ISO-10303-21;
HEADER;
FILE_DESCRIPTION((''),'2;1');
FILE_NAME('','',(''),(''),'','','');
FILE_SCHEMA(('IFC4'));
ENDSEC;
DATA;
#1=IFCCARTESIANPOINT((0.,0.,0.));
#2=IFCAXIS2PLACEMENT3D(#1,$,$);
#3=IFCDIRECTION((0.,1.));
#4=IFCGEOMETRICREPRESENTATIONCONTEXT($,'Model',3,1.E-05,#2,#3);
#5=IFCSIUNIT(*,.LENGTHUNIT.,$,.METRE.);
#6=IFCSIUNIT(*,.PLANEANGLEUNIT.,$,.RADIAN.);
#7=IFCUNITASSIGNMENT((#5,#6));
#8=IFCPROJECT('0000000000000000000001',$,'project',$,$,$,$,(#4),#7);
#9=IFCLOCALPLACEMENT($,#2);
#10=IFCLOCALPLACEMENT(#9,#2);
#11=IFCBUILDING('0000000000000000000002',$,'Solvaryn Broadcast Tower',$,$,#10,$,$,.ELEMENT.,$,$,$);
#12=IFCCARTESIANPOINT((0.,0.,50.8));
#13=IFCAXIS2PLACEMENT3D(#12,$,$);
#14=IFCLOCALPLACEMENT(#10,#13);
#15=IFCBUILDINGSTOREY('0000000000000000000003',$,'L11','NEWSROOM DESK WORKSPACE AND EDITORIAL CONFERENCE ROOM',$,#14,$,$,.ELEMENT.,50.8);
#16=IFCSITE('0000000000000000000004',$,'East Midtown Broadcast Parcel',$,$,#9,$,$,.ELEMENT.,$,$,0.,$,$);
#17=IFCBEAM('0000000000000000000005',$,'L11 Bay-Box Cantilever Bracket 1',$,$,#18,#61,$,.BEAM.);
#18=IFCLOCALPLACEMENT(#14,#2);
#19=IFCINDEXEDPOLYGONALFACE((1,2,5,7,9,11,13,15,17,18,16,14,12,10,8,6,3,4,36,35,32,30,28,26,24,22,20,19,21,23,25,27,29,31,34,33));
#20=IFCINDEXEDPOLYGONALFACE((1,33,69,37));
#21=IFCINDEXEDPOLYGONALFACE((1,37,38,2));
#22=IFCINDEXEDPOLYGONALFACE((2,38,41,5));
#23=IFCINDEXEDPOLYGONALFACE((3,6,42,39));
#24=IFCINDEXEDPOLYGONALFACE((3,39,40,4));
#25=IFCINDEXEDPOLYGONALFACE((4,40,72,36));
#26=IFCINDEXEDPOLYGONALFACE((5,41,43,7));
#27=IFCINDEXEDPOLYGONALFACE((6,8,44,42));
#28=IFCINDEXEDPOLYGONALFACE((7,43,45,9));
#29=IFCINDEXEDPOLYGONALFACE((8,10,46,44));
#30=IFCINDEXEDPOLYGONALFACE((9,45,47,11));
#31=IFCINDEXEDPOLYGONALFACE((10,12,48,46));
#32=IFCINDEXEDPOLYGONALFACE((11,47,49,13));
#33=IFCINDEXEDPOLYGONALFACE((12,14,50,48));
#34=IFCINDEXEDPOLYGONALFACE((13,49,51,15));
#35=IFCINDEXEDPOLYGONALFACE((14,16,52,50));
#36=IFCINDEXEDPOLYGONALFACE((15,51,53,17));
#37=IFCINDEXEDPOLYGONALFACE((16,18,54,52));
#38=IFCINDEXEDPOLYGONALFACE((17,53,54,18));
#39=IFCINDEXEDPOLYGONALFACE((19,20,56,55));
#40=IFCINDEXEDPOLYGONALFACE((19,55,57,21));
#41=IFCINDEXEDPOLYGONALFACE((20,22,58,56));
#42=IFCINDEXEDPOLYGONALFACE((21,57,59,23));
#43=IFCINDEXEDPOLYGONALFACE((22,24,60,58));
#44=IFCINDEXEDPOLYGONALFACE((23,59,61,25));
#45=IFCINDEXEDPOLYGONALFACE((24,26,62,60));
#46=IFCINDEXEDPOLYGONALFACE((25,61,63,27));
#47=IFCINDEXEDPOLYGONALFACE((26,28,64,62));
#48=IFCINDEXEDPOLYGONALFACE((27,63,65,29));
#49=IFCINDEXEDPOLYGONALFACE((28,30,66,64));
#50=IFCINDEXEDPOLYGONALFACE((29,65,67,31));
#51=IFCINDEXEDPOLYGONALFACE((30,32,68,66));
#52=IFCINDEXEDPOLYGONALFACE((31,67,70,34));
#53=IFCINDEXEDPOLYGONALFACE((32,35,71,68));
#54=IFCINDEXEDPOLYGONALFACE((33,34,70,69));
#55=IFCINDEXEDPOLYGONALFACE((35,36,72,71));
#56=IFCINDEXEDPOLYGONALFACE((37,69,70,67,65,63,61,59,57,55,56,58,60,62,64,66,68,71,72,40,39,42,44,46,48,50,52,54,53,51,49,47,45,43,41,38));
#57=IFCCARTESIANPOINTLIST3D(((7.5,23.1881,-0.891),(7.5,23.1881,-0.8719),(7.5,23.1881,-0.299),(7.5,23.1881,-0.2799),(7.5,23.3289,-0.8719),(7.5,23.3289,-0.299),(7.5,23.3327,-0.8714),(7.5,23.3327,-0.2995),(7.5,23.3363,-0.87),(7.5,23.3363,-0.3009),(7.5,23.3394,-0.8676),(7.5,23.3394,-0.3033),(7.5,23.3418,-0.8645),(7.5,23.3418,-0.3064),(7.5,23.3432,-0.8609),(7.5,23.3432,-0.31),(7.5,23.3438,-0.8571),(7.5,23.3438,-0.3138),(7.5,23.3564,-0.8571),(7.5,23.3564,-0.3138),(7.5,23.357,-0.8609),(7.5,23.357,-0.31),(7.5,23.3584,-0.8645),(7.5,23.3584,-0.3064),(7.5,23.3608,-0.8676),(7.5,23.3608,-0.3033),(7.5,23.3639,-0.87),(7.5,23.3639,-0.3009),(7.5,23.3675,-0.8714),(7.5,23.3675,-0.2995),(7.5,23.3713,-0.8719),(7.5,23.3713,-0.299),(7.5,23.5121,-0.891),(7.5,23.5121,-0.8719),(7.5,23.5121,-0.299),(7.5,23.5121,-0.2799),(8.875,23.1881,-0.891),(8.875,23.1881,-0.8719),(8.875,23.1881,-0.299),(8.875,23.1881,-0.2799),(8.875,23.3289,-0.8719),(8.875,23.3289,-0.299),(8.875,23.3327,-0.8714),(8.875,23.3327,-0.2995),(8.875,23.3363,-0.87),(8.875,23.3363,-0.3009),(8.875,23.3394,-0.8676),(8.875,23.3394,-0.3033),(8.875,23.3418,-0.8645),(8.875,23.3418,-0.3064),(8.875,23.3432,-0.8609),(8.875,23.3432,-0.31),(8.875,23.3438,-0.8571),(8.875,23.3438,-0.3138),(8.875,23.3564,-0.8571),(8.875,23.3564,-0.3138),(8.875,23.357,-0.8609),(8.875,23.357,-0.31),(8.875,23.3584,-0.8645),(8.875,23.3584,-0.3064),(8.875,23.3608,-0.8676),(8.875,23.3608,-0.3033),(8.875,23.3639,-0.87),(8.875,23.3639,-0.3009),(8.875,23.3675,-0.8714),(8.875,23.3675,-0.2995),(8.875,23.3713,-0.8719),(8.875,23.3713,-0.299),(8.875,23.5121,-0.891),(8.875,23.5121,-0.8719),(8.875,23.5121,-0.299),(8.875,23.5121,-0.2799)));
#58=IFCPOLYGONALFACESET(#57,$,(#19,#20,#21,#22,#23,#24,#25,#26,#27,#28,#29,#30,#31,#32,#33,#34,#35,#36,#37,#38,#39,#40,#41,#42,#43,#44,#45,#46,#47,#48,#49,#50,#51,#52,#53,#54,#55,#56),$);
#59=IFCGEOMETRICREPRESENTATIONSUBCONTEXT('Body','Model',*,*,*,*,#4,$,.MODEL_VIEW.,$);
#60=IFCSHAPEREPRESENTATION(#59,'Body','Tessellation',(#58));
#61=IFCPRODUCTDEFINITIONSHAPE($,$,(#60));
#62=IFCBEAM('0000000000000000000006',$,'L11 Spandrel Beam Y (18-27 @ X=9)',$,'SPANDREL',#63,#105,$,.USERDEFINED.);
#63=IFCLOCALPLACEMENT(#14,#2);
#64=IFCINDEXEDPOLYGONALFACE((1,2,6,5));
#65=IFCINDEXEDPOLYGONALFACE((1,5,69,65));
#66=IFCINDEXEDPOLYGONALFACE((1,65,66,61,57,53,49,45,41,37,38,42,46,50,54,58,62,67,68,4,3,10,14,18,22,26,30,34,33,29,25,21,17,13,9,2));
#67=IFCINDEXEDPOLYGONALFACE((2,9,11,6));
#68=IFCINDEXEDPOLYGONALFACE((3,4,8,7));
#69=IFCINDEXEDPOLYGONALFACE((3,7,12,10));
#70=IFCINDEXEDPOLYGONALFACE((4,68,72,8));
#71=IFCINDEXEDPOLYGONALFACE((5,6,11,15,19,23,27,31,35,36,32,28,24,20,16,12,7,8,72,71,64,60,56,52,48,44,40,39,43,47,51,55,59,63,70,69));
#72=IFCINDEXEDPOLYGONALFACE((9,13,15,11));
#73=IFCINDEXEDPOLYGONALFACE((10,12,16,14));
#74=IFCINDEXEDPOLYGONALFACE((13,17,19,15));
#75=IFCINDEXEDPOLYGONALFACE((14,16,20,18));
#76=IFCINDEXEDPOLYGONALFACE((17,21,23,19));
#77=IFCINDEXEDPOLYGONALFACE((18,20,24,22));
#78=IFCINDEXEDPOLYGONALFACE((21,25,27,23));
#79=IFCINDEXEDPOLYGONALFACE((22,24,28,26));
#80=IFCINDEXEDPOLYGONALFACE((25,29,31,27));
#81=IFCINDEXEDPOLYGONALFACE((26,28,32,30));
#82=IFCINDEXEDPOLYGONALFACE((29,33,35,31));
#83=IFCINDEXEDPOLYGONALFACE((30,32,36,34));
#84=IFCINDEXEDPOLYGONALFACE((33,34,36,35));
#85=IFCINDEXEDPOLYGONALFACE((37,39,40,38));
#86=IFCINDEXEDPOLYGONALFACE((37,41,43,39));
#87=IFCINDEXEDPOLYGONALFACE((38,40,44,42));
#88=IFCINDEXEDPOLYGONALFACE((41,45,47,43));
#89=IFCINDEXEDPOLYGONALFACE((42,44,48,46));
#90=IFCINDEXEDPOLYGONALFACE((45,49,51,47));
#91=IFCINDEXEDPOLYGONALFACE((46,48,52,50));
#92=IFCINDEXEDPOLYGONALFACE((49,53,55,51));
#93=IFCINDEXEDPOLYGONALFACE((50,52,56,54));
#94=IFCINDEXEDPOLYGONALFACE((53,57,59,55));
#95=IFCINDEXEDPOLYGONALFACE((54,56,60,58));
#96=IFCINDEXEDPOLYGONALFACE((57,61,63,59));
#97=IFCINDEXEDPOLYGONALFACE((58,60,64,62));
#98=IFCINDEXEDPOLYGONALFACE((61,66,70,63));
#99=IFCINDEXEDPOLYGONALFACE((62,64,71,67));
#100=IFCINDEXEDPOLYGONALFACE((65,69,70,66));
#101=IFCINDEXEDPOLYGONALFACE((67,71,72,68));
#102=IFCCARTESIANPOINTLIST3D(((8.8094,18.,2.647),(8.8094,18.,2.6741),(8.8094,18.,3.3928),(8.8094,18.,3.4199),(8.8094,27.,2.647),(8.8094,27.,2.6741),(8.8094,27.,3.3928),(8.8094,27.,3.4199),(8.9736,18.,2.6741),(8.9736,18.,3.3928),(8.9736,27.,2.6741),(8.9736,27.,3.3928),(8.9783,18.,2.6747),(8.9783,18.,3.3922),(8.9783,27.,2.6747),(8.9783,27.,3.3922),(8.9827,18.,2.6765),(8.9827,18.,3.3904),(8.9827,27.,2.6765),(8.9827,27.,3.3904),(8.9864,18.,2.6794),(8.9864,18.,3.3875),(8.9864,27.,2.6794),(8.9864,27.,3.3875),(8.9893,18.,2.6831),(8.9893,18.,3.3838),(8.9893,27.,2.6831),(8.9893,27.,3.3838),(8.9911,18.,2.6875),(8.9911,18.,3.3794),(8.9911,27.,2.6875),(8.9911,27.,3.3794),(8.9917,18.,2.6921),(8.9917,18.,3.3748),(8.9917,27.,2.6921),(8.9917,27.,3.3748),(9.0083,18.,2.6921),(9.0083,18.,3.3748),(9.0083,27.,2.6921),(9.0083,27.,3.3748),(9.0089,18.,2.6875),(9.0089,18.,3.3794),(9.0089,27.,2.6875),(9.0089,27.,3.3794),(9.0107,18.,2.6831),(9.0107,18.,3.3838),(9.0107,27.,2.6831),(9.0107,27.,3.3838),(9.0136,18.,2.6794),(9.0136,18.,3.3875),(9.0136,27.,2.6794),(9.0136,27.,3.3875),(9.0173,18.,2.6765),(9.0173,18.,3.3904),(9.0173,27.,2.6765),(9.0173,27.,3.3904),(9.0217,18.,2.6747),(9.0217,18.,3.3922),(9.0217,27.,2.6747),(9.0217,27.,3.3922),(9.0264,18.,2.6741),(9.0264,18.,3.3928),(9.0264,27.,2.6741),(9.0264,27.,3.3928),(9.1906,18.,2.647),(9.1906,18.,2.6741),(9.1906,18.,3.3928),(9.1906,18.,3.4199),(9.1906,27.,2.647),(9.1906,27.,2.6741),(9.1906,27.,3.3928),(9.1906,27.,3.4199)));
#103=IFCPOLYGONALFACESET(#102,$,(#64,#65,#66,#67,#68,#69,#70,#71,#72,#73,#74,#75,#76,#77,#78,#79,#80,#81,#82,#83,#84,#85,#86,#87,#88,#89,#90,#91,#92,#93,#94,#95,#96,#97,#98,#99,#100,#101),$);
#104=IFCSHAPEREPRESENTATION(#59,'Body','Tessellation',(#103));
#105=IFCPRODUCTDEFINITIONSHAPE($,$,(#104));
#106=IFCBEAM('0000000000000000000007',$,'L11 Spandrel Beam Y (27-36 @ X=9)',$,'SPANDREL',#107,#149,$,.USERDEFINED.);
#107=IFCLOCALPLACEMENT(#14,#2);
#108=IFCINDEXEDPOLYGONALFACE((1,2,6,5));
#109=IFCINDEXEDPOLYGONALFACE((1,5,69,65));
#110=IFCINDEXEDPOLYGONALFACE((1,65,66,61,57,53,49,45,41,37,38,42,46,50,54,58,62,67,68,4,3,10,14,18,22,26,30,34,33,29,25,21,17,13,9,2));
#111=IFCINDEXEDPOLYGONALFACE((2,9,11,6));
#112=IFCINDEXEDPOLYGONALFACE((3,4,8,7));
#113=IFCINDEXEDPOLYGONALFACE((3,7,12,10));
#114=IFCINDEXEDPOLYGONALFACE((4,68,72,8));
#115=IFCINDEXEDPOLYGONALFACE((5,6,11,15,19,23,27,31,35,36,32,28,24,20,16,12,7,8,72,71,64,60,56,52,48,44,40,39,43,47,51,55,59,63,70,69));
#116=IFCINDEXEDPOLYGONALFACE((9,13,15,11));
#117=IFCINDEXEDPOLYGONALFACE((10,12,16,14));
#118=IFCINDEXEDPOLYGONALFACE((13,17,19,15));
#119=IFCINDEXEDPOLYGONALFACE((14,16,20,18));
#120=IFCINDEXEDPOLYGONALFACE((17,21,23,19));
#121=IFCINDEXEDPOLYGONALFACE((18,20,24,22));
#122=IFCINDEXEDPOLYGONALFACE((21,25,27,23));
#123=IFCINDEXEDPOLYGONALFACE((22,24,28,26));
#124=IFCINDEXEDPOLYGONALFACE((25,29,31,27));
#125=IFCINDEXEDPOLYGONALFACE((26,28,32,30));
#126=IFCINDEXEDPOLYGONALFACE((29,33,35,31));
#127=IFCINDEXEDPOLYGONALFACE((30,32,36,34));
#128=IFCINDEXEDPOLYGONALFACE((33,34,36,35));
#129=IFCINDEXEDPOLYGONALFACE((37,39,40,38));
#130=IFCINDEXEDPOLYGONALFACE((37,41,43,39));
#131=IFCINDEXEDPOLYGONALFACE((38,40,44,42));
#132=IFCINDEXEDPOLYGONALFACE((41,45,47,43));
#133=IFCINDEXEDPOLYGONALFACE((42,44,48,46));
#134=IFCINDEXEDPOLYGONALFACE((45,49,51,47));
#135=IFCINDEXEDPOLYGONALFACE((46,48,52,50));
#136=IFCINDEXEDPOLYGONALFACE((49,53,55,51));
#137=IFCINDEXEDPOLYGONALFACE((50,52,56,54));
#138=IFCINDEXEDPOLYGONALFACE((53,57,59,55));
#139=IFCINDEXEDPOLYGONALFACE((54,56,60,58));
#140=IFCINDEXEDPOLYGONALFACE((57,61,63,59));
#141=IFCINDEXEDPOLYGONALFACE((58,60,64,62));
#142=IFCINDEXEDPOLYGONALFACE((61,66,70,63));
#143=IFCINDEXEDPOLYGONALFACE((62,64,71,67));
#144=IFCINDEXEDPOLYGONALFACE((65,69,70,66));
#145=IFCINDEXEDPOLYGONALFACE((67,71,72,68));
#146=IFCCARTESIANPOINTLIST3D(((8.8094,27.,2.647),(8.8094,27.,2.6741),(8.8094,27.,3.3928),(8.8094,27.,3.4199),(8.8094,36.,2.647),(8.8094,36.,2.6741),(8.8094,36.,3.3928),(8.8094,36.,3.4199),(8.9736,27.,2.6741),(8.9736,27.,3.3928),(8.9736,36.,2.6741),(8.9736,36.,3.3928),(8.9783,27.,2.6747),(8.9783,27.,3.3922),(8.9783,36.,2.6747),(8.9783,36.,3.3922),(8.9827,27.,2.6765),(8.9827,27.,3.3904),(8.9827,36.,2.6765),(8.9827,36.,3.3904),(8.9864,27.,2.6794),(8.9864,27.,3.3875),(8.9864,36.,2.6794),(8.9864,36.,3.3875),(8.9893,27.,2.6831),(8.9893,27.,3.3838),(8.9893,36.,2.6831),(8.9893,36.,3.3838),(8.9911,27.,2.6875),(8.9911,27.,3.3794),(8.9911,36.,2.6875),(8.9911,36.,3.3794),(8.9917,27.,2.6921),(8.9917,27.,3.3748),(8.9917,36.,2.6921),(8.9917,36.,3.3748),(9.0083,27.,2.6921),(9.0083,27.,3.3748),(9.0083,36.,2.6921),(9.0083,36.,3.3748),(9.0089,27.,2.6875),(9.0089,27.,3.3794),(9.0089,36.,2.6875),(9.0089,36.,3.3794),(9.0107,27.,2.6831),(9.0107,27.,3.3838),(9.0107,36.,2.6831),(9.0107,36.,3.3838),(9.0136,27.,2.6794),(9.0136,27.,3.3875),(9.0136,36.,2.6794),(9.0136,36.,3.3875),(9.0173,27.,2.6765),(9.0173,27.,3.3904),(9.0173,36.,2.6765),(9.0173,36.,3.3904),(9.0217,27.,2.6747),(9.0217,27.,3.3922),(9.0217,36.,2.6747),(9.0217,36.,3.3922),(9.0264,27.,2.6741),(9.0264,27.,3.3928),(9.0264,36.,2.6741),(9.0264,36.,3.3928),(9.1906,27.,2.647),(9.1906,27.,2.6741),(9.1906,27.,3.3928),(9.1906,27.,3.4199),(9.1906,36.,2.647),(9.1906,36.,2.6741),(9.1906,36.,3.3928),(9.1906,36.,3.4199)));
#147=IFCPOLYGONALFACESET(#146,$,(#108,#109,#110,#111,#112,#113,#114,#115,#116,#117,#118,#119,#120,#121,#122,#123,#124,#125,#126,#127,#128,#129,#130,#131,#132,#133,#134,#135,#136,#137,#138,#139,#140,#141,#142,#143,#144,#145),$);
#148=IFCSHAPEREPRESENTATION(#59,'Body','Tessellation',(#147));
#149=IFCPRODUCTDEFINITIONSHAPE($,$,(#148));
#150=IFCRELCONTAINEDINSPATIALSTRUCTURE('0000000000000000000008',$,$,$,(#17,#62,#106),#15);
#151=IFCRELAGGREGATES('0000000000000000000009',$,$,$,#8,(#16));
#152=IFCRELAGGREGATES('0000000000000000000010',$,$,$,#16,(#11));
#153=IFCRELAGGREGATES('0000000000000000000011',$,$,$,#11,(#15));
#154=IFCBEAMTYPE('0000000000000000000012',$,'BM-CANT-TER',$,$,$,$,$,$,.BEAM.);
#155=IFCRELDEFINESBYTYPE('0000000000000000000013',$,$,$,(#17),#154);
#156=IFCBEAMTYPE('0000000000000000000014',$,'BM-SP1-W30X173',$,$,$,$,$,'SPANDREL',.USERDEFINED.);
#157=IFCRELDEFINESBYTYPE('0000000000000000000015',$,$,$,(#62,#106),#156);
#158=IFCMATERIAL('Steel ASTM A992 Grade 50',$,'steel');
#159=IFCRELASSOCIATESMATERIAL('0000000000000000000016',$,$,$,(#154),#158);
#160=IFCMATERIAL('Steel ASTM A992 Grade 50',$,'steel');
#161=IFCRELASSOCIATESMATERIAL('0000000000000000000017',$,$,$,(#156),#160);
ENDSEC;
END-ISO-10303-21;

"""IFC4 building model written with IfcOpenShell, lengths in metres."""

from ifc_helpers import new_model, si_unit, direction, frame, origin, origin_2d, place, context, subcontext, project, spatial, i_section, extrude, material, material_profile, profile_set, type_object, element, save


model = new_model("IFC4")

# Units and contexts
model_context = context("Model", 3, precision=1e-05, world=origin(), true_north=direction((0.0, 1.0)))
body_context = subcontext(model_context, "Body", "Model", "MODEL_VIEW")
ifc_project = project(units=[si_unit("LENGTHUNIT", "METRE"), si_unit("PLANEANGLEUNIT", "RADIAN")], contexts=[model_context])

# Site, building, storey
site_placement = place(None, origin())
site = spatial("IfcSite", under=ifc_project, at=site_placement, Name="East Midtown Broadcast Parcel", CompositionType="ELEMENT", RefElevation=0.0)
building_placement = place(site_placement, origin())
building = spatial("IfcBuilding", under=site, at=building_placement, Name="Solvaryn Broadcast Tower", CompositionType="ELEMENT")
storey_placement = place(building_placement, frame((0.0, 0.0, 50.8)))
storey = spatial("IfcBuildingStorey", under=building, at=storey_placement, Name="L11", Description="NEWSROOM DESK WORKSPACE AND EDITORIAL CONFERENCE ROOM", CompositionType="ELEMENT", Elevation=50.8)

# Beams
ifc_material_1 = material(Name="Steel ASTM A992 Grade 50", Category="steel")
ifc_material_profile_1 = material_profile(ifc_material_1, i_section(OverallWidth=0.324, OverallDepth=0.6111, WebThickness=0.0127, FlangeThickness=0.019, FilletRadius=0.0149, at=origin_2d()))
ifc_profile_set_1 = profile_set([ifc_material_profile_1], Name="Steel ASTM A992 Grade 50")
beam_type_1 = type_object("IfcBeamType", Name="BM-CANT-TER", PredefinedType="BEAM", material=ifc_profile_set_1)
beam_placement = place(storey_placement, frame((8.875, 23.3501, -0.5854), z_axis=(-1.0, 0.0, 0.0), x_axis=(0.0, -1.0, 0.0)))
element("IfcBeam", 1, at=beam_placement, inside=storey, type_object=beam_type_1, Name="L11 Bay-Box Cantilever Bracket 1", PredefinedType="BEAM", context=body_context, shape_type="SweptSolid", body=[
    extrude(i_section(OverallWidth=0.324, OverallDepth=0.6111, WebThickness=0.0127, FlangeThickness=0.019, FilletRadius=0.0149, at=origin_2d()), origin(), (0.0, 0.0, 1.0), 1.375),
])
ifc_material_2 = material(Name="Steel ASTM A992 Grade 50", Category="steel")
ifc_material_profile_2 = material_profile(ifc_material_2, i_section(OverallWidth=0.3811, OverallDepth=0.7729, WebThickness=0.0166, FlangeThickness=0.0271, FilletRadius=0.0181, at=origin_2d()))
ifc_profile_set_2 = profile_set([ifc_material_profile_2], Name="Steel ASTM A992 Grade 50")
beam_type_2 = type_object("IfcBeamType", Name="BM-SP1-W30X173", ElementType="SPANDREL", PredefinedType="USERDEFINED", material=ifc_profile_set_2)
for number, where, z_axis, x_axis, name in (
    (2, (9.0, 18.0, 3.0334), (0.0, 1.0, 0.0), (-1.0, 0.0, 0.0), "L11 Spandrel Beam Y (18-27 @ X=9)"),
    (3, (9.0, 27.0, 3.0334), (0.0, 1.0, 0.0), (-1.0, 0.0, 0.0), "L11 Spandrel Beam Y (27-36 @ X=9)"),
):
    element("IfcBeam", number, at=place(storey_placement, frame(where, z_axis=z_axis, x_axis=x_axis)), inside=storey, type_object=beam_type_2, Name=name, ObjectType="SPANDREL", PredefinedType="USERDEFINED", context=body_context, shape_type="SweptSolid", body=[
        extrude(i_section(OverallWidth=0.3811, OverallDepth=0.7729, WebThickness=0.0166, FlangeThickness=0.0271, FilletRadius=0.0181, at=origin_2d()), origin(), (0.0, 0.0, 1.0), 9.0),
    ])

save(model, "model.ifc")
